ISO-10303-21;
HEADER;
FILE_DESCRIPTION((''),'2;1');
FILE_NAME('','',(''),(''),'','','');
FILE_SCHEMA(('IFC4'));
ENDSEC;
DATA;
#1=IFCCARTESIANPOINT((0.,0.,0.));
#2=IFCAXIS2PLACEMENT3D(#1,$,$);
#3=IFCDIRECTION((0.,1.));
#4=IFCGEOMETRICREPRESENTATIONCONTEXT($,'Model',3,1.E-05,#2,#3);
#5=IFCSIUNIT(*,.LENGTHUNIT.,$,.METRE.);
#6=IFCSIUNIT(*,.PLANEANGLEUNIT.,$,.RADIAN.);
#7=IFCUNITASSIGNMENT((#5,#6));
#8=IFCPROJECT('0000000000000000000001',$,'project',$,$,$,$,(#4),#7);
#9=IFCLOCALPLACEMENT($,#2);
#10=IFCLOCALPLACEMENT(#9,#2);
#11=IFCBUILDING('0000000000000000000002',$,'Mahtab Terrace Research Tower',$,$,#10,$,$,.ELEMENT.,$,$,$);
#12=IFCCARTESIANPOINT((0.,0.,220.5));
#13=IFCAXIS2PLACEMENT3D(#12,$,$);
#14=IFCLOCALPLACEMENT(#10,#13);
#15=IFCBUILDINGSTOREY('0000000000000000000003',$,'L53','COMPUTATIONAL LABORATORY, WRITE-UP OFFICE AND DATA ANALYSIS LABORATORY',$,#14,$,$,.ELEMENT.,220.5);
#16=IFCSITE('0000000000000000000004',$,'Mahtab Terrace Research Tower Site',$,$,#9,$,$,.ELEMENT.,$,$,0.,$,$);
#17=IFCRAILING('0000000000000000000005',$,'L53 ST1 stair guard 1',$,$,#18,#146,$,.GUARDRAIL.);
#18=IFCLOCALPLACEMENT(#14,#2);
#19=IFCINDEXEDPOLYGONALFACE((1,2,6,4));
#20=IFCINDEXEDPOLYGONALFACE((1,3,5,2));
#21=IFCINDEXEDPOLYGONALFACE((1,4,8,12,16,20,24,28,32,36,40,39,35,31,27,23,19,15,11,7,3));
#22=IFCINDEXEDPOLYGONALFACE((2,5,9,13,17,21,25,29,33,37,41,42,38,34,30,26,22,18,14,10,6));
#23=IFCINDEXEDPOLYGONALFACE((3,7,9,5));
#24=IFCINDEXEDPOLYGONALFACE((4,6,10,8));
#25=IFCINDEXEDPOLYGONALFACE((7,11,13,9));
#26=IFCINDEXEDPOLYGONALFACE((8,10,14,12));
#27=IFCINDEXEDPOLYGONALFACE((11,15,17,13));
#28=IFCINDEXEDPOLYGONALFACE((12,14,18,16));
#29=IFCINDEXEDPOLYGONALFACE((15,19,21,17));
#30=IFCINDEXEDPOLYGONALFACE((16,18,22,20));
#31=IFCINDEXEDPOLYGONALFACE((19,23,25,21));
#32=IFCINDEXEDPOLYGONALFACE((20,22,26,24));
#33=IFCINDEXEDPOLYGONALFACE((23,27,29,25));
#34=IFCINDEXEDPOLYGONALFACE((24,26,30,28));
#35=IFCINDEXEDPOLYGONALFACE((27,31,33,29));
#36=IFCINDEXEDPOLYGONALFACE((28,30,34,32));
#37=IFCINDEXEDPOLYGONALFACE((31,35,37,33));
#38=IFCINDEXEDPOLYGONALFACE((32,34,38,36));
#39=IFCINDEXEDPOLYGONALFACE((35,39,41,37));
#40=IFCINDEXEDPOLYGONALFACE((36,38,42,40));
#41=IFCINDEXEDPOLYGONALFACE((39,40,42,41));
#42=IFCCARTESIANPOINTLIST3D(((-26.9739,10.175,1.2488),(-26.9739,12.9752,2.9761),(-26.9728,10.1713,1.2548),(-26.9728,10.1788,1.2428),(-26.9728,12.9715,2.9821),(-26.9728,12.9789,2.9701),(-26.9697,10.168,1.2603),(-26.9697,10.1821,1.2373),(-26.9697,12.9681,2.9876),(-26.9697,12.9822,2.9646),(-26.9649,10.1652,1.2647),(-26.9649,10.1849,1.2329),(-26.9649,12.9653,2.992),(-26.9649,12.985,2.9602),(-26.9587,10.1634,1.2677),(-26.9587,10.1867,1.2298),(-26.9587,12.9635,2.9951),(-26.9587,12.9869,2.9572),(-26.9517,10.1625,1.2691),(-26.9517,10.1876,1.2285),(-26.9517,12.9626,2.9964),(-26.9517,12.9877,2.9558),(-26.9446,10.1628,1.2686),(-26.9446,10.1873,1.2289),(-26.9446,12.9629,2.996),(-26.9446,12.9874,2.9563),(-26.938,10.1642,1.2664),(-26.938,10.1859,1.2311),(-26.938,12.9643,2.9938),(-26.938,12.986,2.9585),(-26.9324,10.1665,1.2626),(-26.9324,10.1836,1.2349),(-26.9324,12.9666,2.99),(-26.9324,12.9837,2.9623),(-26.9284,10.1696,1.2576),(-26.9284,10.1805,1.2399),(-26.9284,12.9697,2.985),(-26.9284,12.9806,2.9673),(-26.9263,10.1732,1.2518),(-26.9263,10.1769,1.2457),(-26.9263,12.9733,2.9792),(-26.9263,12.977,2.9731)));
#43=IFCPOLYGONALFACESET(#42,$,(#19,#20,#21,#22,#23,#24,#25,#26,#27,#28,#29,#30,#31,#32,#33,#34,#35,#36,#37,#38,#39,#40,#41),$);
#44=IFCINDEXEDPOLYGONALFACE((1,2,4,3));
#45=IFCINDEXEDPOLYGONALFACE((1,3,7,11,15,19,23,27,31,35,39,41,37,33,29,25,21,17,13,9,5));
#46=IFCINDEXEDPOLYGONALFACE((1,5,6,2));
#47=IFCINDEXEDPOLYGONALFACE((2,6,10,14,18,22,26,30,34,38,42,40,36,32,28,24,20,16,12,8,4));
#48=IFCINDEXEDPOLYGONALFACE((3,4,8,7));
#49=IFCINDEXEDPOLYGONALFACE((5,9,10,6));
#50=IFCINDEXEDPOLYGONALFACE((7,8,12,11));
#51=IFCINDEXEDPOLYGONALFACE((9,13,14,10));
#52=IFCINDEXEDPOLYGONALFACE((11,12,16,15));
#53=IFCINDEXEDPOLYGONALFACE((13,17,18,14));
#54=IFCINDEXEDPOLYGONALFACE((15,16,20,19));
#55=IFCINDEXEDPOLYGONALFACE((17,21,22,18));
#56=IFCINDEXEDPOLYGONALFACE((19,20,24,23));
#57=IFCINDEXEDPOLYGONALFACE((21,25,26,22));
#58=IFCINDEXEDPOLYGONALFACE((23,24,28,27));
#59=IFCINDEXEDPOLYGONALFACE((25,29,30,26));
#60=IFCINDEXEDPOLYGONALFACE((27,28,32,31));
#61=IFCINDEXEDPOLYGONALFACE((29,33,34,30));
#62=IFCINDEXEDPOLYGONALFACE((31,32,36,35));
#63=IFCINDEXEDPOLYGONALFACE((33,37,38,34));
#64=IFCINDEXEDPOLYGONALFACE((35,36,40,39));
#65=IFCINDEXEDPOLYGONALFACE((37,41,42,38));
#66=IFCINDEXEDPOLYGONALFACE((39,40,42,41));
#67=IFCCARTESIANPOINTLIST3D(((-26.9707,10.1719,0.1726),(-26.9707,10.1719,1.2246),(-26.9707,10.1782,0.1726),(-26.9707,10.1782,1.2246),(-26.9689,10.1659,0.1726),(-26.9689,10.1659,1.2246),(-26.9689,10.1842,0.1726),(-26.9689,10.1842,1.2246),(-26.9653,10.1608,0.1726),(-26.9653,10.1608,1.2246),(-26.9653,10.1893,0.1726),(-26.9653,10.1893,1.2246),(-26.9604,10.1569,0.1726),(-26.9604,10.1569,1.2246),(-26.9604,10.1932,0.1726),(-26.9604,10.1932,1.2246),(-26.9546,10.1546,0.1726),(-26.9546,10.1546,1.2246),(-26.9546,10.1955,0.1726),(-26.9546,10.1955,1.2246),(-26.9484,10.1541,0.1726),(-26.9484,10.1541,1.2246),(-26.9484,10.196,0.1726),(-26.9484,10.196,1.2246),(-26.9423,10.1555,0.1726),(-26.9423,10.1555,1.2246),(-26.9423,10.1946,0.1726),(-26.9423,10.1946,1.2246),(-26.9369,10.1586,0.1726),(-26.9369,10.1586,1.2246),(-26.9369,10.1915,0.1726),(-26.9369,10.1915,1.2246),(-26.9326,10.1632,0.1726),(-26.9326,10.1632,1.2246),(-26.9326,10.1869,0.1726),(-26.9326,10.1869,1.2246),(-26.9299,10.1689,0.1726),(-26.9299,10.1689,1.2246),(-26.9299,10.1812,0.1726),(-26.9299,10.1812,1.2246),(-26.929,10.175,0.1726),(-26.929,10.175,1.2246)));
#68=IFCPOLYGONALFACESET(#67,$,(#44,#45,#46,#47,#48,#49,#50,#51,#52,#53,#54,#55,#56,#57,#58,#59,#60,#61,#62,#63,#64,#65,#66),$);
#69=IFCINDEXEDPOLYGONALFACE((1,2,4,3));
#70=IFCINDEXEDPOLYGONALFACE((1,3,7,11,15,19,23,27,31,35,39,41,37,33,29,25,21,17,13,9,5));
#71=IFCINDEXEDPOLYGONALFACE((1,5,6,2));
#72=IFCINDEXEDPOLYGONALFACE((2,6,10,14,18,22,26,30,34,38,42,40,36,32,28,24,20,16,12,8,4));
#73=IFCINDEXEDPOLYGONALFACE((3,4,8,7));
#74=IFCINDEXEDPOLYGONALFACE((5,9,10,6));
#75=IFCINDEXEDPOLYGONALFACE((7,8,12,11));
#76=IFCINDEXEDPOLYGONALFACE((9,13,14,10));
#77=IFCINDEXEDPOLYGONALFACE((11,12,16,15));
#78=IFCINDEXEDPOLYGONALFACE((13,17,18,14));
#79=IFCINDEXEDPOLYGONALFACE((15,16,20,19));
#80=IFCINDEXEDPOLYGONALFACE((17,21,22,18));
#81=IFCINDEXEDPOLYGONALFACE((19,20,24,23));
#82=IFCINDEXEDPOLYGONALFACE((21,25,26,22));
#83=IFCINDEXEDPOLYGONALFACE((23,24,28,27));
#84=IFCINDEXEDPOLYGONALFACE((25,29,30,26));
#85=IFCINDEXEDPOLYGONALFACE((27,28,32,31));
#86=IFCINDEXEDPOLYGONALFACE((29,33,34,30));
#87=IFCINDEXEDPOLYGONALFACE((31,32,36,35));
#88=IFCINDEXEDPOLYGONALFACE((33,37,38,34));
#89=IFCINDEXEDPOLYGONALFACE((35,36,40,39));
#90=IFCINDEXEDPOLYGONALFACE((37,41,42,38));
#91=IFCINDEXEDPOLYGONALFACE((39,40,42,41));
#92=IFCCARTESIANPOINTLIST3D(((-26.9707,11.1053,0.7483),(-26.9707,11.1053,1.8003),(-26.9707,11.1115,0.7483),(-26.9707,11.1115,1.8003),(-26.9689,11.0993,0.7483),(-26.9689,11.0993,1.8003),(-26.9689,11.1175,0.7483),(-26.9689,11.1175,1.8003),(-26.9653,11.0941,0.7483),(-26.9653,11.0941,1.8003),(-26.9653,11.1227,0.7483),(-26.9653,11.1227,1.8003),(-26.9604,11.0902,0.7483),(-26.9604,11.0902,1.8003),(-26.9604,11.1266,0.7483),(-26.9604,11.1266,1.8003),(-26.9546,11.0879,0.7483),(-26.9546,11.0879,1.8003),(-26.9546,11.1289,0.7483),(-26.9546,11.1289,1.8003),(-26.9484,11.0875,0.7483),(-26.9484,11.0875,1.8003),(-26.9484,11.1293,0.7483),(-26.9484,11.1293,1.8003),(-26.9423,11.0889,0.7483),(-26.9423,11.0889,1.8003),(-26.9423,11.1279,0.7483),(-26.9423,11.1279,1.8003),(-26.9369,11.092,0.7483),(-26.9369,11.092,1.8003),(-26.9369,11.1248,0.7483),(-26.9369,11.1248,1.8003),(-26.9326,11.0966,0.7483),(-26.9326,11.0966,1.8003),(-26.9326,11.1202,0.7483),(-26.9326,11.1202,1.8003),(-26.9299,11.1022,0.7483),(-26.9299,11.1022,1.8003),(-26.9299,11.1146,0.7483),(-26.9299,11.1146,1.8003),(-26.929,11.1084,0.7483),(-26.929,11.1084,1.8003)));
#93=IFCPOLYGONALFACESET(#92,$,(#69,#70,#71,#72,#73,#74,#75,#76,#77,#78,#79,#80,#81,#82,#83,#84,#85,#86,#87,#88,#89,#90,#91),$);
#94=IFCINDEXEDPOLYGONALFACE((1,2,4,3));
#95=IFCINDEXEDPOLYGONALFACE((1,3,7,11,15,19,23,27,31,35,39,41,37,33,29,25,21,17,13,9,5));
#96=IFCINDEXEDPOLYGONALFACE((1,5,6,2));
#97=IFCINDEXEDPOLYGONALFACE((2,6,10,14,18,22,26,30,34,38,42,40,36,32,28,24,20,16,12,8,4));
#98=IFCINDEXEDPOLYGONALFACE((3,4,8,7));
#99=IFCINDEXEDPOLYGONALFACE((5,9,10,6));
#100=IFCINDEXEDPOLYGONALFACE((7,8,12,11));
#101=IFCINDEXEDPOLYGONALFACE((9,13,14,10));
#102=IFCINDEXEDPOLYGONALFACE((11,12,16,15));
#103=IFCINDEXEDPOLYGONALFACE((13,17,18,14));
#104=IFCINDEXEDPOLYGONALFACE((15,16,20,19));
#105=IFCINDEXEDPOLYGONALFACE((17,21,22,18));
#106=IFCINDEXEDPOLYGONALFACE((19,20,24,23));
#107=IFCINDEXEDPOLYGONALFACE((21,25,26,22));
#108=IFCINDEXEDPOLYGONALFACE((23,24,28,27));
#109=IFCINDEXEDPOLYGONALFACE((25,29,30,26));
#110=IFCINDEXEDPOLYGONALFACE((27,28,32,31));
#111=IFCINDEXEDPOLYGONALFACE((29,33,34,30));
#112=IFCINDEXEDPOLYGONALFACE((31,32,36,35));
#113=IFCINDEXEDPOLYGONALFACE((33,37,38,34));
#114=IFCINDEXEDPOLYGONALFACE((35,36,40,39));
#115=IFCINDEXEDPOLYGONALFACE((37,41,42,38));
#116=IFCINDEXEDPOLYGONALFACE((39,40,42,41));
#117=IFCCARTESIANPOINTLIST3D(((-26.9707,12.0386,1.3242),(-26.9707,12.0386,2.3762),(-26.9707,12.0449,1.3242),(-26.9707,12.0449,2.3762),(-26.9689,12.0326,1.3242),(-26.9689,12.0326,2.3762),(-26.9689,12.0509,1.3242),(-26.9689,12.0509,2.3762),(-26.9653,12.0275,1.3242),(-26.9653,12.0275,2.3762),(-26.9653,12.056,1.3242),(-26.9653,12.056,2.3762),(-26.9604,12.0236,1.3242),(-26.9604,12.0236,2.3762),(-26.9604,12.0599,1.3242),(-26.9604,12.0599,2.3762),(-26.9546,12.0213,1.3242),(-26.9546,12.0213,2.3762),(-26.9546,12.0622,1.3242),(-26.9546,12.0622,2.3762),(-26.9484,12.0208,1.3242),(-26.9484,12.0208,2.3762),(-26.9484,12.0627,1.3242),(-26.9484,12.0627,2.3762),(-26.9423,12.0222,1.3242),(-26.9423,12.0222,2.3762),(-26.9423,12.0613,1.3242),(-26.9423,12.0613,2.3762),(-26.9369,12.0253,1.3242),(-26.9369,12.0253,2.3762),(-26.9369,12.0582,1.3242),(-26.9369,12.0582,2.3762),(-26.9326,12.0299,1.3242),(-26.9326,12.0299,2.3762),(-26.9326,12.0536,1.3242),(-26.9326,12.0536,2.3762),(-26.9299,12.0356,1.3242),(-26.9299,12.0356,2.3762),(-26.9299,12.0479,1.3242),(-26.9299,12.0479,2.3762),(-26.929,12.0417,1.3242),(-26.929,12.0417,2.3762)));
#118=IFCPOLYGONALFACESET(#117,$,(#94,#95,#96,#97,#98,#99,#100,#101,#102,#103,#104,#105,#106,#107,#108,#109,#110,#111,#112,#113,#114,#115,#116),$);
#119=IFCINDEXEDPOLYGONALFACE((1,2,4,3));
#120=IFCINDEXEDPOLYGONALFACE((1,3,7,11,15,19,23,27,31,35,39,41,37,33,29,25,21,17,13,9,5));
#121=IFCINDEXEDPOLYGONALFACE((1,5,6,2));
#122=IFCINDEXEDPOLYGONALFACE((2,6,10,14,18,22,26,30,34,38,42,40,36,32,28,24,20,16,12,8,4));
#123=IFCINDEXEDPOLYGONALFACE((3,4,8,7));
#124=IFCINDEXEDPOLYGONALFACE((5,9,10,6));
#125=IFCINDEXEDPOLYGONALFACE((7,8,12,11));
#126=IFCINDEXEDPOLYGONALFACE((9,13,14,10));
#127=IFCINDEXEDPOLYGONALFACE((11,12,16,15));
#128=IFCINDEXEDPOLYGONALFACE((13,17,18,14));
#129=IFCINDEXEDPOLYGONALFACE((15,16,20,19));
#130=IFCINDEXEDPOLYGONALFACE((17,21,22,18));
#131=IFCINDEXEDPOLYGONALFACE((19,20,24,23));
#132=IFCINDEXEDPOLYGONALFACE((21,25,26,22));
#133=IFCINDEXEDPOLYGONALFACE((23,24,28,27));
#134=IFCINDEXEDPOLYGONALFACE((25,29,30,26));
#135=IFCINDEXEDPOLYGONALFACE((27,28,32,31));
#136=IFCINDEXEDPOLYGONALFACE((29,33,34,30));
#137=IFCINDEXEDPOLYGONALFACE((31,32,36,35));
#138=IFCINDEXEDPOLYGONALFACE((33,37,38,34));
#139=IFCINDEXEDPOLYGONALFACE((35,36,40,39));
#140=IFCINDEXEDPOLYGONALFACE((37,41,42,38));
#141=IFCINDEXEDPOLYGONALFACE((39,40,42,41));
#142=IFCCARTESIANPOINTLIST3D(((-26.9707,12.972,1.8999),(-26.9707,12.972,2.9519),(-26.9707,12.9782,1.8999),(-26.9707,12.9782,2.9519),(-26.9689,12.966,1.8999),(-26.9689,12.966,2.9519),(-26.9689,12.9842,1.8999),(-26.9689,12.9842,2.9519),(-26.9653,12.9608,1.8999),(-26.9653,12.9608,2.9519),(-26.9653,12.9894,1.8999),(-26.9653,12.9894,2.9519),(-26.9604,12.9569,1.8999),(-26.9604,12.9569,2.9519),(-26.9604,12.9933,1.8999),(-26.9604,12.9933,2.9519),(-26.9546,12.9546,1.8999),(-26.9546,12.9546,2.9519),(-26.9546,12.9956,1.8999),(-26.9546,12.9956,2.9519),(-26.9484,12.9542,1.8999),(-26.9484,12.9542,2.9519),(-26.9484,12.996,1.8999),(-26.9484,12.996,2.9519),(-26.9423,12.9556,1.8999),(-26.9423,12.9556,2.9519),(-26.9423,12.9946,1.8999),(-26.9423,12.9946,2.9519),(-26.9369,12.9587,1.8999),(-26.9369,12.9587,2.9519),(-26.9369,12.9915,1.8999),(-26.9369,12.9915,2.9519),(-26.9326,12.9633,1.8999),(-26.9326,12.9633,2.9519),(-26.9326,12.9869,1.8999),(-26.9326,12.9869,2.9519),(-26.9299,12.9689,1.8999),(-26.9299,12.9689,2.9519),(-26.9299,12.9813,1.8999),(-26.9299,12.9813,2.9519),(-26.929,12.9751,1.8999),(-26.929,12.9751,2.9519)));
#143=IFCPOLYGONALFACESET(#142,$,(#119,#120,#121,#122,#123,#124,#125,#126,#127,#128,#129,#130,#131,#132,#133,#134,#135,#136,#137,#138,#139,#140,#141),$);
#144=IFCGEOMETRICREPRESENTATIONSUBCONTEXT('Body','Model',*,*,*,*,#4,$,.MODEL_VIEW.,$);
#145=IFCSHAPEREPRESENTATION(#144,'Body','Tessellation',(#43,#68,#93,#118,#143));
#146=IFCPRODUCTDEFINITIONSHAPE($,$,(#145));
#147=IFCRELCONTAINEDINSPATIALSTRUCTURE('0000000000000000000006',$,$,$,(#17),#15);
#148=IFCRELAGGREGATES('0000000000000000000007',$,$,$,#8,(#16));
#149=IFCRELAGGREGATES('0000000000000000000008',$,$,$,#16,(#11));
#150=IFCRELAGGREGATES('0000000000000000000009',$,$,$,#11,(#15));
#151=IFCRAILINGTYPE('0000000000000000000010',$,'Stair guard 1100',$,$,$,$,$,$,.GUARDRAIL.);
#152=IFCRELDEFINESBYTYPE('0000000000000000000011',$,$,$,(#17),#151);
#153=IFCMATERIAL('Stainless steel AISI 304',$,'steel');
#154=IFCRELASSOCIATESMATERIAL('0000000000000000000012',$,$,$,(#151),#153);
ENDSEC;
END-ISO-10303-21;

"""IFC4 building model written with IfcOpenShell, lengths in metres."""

from ifc_helpers import new_model, si_unit, direction, frame, origin, origin_2d, place, context, subcontext, project, spatial, circle, extrude, material, type_object, element, save


model = new_model("IFC4")

# Units and contexts
model_context = context("Model", 3, precision=1e-05, world=origin(), true_north=direction((0.0, 1.0)))
body_context = subcontext(model_context, "Body", "Model", "MODEL_VIEW")
ifc_project = project(units=[si_unit("LENGTHUNIT", "METRE"), si_unit("PLANEANGLEUNIT", "RADIAN")], contexts=[model_context])

# Site, building, storey
site_placement = place(None, origin())
site = spatial("IfcSite", under=ifc_project, at=site_placement, Name="Mahtab Terrace Research Tower Site", CompositionType="ELEMENT", RefElevation=0.0)
building_placement = place(site_placement, origin())
building = spatial("IfcBuilding", under=site, at=building_placement, Name="Mahtab Terrace Research Tower", CompositionType="ELEMENT")
storey_placement = place(building_placement, frame((0.0, 0.0, 220.5)))
storey = spatial("IfcBuildingStorey", under=building, at=storey_placement, Name="L53", Description="COMPUTATIONAL LABORATORY, WRITE-UP OFFICE AND DATA ANALYSIS LABORATORY", CompositionType="ELEMENT", Elevation=220.5)

# Railing
ifc_material_1 = material(Name="Stainless steel AISI 304", Category="steel")
railing_type_1 = type_object("IfcRailingType", Name="Stair guard 1100", PredefinedType="GUARDRAIL", material=ifc_material_1)
railing_1_placement = place(storey_placement, frame((-26.95, 10.175, 0.1726)))
element("IfcRailing", 1, at=railing_1_placement, inside=storey, type_object=railing_type_1, Name="L53 ST1 stair guard 1", PredefinedType="GUARDRAIL", context=body_context, shape_type="SweptSolid", body=[
    extrude(circle(Radius=0.0239, at=origin_2d()), frame((0.0, 0.0, 1.0762), z_axis=(0.0, 0.85109, 0.52502), x_axis=(-1.0, 0.0, 0.0)), (0.0, 0.0, 1.0), 3.29),
    extrude(circle(Radius=0.021, at=origin_2d()), origin(), (0.0, 0.0, 1.0), 1.052),
    extrude(circle(Radius=0.021, at=origin_2d()), frame((0.0, 0.9333, 0.5757)), (0.0, 0.0, 1.0), 1.052),
    extrude(circle(Radius=0.021, at=origin_2d()), frame((0.0, 1.8667, 1.1516)), (0.0, 0.0, 1.0), 1.052),
    extrude(circle(Radius=0.021, at=origin_2d()), frame((0.0, 2.8, 1.7273)), (0.0, 0.0, 1.0), 1.052),
])

save(model, "model.ifc")
